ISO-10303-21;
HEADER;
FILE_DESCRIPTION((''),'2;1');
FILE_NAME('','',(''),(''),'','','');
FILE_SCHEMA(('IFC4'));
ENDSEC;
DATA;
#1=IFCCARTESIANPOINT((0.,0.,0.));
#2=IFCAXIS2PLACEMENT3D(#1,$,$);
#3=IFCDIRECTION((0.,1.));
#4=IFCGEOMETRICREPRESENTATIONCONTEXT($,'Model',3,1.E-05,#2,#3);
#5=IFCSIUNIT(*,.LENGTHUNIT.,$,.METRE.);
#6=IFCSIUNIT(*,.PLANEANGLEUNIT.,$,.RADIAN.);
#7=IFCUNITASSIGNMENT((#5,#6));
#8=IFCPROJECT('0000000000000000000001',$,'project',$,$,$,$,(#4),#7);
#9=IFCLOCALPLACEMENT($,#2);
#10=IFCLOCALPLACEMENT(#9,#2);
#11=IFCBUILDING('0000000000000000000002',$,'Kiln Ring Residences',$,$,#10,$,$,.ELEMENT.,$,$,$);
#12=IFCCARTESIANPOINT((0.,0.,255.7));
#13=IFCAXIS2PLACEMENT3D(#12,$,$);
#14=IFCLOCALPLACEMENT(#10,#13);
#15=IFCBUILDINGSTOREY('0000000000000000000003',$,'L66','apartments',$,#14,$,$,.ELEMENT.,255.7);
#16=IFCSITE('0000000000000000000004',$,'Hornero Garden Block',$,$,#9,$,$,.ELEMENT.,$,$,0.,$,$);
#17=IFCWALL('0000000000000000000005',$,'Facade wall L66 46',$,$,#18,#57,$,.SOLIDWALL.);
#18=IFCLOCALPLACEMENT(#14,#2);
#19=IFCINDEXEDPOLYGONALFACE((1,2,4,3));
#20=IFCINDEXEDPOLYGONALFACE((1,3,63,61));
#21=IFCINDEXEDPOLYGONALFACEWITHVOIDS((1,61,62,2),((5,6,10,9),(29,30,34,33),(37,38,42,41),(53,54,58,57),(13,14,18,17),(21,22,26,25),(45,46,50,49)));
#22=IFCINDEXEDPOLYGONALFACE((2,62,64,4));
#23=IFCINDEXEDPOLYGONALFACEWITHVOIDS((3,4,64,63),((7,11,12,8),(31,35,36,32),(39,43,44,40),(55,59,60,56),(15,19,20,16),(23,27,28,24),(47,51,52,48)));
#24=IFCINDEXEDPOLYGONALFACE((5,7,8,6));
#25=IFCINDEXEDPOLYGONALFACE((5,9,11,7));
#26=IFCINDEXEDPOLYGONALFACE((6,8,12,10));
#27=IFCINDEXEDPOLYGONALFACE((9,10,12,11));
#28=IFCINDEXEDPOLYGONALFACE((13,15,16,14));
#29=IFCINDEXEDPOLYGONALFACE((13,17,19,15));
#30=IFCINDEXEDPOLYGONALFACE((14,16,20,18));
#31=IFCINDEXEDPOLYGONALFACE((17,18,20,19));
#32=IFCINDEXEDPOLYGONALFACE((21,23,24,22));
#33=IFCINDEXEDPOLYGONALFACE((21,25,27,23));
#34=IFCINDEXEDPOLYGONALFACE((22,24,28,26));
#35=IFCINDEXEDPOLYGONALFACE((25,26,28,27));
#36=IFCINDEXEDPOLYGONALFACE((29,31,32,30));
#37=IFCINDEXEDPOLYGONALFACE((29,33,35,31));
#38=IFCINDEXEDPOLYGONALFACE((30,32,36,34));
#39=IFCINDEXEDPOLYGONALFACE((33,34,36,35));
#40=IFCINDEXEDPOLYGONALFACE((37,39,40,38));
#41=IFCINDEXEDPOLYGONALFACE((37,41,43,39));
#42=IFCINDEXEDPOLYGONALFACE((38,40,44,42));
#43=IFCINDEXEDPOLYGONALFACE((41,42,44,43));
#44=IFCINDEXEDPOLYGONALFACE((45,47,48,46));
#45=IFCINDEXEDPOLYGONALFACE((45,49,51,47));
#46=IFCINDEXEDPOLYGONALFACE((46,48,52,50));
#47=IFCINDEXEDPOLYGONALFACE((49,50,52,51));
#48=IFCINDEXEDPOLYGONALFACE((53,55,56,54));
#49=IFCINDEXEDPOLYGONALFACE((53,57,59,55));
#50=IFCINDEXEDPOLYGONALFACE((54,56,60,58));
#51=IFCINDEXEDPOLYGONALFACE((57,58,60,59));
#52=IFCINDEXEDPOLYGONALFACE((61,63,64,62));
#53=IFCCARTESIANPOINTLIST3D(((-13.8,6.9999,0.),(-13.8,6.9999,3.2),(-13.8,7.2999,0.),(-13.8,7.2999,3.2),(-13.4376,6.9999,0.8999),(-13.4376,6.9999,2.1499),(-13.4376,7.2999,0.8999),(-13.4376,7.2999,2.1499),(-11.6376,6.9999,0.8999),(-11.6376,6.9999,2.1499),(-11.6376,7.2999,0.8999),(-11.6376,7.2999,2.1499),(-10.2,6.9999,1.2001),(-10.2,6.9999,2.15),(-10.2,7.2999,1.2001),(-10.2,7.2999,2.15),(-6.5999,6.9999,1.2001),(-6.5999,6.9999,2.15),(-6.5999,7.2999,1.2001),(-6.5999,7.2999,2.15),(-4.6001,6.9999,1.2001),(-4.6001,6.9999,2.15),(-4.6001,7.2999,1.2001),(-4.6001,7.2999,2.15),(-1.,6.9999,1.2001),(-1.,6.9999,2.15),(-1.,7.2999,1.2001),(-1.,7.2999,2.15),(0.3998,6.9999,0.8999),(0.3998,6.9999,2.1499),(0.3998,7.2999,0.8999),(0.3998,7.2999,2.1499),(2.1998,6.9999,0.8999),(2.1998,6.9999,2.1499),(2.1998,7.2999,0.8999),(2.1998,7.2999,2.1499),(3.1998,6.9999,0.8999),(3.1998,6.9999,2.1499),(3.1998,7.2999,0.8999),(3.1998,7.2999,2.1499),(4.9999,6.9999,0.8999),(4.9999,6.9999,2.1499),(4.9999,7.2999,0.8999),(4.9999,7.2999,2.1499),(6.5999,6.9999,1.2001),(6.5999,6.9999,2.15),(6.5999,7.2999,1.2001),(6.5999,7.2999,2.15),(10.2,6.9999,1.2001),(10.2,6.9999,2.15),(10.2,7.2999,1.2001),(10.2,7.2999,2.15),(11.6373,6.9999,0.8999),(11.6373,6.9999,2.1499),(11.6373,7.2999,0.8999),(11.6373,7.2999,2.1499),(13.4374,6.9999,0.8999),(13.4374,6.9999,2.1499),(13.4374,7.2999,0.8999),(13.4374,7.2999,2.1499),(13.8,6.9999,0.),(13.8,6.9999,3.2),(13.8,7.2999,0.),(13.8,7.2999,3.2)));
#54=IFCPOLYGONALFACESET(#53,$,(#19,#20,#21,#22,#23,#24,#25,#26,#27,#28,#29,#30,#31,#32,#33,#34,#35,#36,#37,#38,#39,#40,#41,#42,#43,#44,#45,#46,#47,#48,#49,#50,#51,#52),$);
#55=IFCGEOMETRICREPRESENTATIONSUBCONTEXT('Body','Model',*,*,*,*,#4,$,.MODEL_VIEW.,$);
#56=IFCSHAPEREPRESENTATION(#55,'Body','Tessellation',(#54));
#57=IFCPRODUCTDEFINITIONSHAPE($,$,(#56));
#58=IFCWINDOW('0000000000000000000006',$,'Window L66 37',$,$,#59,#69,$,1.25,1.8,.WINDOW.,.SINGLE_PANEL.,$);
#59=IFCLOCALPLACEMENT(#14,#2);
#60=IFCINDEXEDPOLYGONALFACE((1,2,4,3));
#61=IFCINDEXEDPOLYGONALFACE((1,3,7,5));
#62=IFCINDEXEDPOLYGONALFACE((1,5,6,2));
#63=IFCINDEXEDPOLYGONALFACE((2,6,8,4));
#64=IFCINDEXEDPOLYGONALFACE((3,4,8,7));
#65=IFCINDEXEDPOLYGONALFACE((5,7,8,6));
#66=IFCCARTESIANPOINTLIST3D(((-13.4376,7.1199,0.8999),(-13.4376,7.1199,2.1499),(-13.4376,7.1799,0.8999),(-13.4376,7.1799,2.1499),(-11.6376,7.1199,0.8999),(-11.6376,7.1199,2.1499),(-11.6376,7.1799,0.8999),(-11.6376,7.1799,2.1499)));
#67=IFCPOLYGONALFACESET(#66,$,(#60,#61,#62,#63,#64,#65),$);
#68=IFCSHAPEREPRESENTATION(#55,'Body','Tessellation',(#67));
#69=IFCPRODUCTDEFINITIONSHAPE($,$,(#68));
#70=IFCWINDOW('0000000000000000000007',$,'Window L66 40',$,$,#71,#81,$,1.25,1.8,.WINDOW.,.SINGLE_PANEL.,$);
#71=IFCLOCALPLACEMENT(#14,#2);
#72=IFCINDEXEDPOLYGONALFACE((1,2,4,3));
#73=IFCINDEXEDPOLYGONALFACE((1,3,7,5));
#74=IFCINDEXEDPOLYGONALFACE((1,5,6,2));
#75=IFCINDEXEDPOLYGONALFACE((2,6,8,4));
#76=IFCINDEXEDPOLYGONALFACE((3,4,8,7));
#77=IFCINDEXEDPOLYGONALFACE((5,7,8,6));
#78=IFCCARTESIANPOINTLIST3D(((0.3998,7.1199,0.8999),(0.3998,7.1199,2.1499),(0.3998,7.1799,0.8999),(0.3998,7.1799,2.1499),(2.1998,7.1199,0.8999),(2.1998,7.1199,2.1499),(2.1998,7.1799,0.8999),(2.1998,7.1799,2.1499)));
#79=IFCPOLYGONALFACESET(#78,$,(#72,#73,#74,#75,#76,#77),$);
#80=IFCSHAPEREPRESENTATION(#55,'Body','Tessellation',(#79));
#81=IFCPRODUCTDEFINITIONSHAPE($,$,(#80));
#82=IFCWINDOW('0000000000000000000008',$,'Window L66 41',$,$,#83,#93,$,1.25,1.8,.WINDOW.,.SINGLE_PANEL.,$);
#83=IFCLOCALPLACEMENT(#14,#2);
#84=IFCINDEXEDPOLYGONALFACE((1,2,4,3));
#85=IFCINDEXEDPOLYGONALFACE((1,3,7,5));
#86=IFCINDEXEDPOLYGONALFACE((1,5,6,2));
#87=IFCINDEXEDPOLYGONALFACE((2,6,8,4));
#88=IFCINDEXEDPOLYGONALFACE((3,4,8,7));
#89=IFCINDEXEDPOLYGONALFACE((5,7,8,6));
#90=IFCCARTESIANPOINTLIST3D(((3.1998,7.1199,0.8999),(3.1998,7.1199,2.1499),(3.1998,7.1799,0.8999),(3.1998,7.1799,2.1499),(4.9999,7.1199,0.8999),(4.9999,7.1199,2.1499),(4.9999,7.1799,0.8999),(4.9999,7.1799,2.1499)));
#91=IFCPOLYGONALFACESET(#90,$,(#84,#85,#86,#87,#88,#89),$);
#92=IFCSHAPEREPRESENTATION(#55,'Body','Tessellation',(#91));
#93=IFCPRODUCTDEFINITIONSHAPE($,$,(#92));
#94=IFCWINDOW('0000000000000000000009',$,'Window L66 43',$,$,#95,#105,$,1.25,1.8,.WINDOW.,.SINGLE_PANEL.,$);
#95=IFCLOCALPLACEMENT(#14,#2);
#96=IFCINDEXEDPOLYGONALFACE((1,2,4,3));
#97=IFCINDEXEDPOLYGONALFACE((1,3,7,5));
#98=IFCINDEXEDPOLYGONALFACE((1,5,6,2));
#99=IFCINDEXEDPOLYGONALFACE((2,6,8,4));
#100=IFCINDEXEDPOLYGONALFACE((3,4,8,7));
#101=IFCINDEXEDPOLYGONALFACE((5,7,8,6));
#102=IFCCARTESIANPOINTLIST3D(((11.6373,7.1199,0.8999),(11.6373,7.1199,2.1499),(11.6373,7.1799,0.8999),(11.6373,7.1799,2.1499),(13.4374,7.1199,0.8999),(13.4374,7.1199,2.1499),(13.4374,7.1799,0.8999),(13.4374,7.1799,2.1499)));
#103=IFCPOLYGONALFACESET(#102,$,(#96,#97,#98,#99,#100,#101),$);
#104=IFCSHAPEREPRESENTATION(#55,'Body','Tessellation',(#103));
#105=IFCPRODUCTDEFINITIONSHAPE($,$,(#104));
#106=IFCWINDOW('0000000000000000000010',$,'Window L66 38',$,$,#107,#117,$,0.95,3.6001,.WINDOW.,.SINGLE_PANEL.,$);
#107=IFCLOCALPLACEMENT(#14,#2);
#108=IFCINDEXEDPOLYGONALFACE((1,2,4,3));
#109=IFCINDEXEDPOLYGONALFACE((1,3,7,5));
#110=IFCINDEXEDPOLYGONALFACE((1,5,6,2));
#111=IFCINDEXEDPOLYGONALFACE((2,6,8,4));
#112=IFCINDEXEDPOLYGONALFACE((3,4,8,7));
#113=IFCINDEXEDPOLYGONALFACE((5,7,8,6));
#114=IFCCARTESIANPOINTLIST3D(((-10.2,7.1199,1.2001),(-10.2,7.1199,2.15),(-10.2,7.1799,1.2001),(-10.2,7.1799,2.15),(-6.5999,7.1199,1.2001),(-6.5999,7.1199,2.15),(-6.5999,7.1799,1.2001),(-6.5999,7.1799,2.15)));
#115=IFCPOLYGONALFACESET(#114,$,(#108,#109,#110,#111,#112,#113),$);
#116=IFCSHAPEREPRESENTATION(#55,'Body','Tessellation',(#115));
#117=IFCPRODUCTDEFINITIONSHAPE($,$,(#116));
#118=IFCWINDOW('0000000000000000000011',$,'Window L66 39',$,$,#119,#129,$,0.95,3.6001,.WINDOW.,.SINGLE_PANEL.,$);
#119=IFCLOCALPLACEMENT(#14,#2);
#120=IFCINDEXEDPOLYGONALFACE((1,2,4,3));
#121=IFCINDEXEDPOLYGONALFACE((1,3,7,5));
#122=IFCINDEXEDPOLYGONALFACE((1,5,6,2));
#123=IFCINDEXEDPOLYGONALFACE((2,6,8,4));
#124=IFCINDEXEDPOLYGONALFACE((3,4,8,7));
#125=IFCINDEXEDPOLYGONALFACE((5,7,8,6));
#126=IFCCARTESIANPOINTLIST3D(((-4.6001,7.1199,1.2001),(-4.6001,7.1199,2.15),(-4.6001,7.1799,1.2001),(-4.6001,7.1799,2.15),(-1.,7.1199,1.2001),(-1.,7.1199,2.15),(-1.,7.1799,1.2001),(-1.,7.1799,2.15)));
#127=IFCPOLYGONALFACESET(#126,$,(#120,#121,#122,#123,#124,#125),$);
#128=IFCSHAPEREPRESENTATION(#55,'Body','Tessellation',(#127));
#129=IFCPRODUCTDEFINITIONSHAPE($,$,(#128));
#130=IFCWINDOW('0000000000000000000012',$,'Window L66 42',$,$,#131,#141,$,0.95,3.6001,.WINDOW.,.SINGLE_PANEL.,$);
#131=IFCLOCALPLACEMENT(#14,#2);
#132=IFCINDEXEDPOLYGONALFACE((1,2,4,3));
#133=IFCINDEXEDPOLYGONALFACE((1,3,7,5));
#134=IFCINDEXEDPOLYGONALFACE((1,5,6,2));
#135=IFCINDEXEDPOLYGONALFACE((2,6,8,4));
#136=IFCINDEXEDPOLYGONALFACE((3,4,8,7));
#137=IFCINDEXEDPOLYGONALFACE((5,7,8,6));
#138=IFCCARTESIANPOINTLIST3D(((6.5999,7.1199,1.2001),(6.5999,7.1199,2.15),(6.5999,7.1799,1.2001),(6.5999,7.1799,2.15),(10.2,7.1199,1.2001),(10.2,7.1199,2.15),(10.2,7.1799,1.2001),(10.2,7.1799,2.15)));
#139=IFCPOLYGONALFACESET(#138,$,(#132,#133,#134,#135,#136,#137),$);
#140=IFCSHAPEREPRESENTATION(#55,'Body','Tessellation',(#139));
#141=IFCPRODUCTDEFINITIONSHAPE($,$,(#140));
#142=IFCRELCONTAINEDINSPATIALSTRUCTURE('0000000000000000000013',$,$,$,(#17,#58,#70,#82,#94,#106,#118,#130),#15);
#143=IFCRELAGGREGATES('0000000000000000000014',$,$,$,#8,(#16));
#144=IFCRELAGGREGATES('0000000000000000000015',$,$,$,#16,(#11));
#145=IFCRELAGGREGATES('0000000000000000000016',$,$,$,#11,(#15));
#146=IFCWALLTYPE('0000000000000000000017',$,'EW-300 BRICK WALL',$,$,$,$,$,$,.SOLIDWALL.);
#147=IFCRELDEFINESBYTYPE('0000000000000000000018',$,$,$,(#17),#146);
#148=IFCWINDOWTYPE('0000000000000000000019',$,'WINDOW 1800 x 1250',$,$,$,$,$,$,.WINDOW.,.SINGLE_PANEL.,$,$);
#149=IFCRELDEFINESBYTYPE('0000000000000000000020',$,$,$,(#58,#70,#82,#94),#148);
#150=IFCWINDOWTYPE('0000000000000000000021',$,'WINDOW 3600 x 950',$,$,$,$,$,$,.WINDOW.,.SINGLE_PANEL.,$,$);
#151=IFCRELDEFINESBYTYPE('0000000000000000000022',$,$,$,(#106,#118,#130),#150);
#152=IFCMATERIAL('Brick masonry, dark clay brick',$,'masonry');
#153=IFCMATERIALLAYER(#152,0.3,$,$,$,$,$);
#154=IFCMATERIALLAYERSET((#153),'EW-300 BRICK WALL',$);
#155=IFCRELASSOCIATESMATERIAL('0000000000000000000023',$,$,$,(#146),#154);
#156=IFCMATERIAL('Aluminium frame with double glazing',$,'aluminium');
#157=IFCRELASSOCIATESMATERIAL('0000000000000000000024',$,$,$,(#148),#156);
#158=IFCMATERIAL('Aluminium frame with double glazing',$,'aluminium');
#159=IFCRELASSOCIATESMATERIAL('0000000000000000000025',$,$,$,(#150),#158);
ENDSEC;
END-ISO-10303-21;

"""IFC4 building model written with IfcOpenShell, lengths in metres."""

from ifc_helpers import new_model, si_unit, direction, frame, frame_2d, origin, place, context, subcontext, project, spatial, rectangle, extrude, material, layer, layer_set, type_object, element, fill, save


model = new_model("IFC4")

# Units and contexts
model_context = context("Model", 3, precision=1e-05, world=origin(), true_north=direction((0.0, 1.0)))
body_context = subcontext(model_context, "Body", "Model", "MODEL_VIEW")
ifc_project = project(units=[si_unit("LENGTHUNIT", "METRE"), si_unit("PLANEANGLEUNIT", "RADIAN")], contexts=[model_context])

# Site, building, storey
site_placement = place(None, origin())
site = spatial("IfcSite", under=ifc_project, at=site_placement, Name="Hornero Garden Block", CompositionType="ELEMENT", RefElevation=0.0)
building_placement = place(site_placement, origin())
building = spatial("IfcBuilding", under=site, at=building_placement, Name="Kiln Ring Residences", CompositionType="ELEMENT")
storey_placement = place(building_placement, frame((0.0, 0.0, 255.7)))
storey = spatial("IfcBuildingStorey", under=building, at=storey_placement, Name="L66", Description="apartments", CompositionType="ELEMENT", Elevation=255.7)

# Wall, openings, windows
ifc_material_1 = material(Name="Brick masonry, dark clay brick", Category="masonry")
ifc_layer_1 = layer(ifc_material_1, 0.3)
ifc_layer_set_1 = layer_set([ifc_layer_1], Name="EW-300 BRICK WALL")
wall_type_1 = type_object("IfcWallType", Name="EW-300 BRICK WALL", PredefinedType="SOLIDWALL", material=ifc_layer_set_1)
wall_1_placement = place(storey_placement, frame((-13.8, 7.1499, 0.0), z_axis=(0.0, 0.0, 1.0), x_axis=(1.0, 0.0, 0.0)))
wall_1 = element("IfcWall", 1, at=wall_1_placement, inside=storey, type_object=wall_type_1, Name="Facade wall L66 46", PredefinedType="SOLIDWALL", context=body_context, shape_type="SweptSolid", body=[
    extrude(rectangle(XDim=27.6001, YDim=0.3, at=frame_2d((13.8, 0.0))), origin(), (0.0, 0.0, 1.0), 3.2),
])
opening_1_placement = place(wall_1_placement, frame((0.3625, 0.0, 0.8999)))
opening_1 = element("IfcOpeningElement", 2, at=opening_1_placement, cuts=wall_1, PredefinedType="OPENING", context=body_context, shape_type="SweptSolid", body=[
    extrude(rectangle(XDim=1.8, YDim=1.25, at=frame_2d((0.8999, 0.625))), frame((0.0, 0.1599, 0.0), z_axis=(0.0, -1.0, 0.0), x_axis=(1.0, 0.0, 0.0)), (0.0, 0.0, 1.0), 0.3201),
])
opening_2_placement = place(wall_1_placement, frame((3.6001, 0.0, 1.2)))
opening_2 = element("IfcOpeningElement", 3, at=opening_2_placement, cuts=wall_1, PredefinedType="OPENING", context=body_context, shape_type="SweptSolid", body=[
    extrude(rectangle(XDim=3.6001, YDim=0.95, at=frame_2d((1.8, 0.4751))), frame((0.0, 0.1599, 0.0), z_axis=(0.0, -1.0, 0.0), x_axis=(1.0, 0.0, 0.0)), (0.0, 0.0, 1.0), 0.3201),
])
opening_3_placement = place(wall_1_placement, frame((9.2, 0.0, 1.2)))
opening_3 = element("IfcOpeningElement", 4, at=opening_3_placement, cuts=wall_1, PredefinedType="OPENING", context=body_context, shape_type="SweptSolid", body=[
    extrude(rectangle(XDim=3.6001, YDim=0.95, at=frame_2d((1.8, 0.4751))), frame((0.0, 0.1599, 0.0), z_axis=(0.0, -1.0, 0.0), x_axis=(1.0, 0.0, 0.0)), (0.0, 0.0, 1.0), 0.3201),
])
opening_4_placement = place(wall_1_placement, frame((14.2, 0.0, 0.8999)))
opening_4 = element("IfcOpeningElement", 5, at=opening_4_placement, cuts=wall_1, PredefinedType="OPENING", context=body_context, shape_type="SweptSolid", body=[
    extrude(rectangle(XDim=1.8, YDim=1.25, at=frame_2d((0.8999, 0.625))), frame((0.0, 0.1599, 0.0), z_axis=(0.0, -1.0, 0.0), x_axis=(1.0, 0.0, 0.0)), (0.0, 0.0, 1.0), 0.3201),
])
opening_5_placement = place(wall_1_placement, frame((17.0, 0.0, 0.8999)))
opening_5 = element("IfcOpeningElement", 6, at=opening_5_placement, cuts=wall_1, PredefinedType="OPENING", context=body_context, shape_type="SweptSolid", body=[
    extrude(rectangle(XDim=1.8, YDim=1.25, at=frame_2d((0.8999, 0.625))), frame((0.0, 0.1599, 0.0), z_axis=(0.0, -1.0, 0.0), x_axis=(1.0, 0.0, 0.0)), (0.0, 0.0, 1.0), 0.3201),
])
opening_6_placement = place(wall_1_placement, frame((20.3999, 0.0, 1.2)))
opening_6 = element("IfcOpeningElement", 7, at=opening_6_placement, cuts=wall_1, PredefinedType="OPENING", context=body_context, shape_type="SweptSolid", body=[
    extrude(rectangle(XDim=3.6001, YDim=0.95, at=frame_2d((1.8, 0.4751))), frame((0.0, 0.1599, 0.0), z_axis=(0.0, -1.0, 0.0), x_axis=(1.0, 0.0, 0.0)), (0.0, 0.0, 1.0), 0.3201),
])
opening_7_placement = place(wall_1_placement, frame((25.4375, 0.0, 0.8999)))
opening_7 = element("IfcOpeningElement", 8, at=opening_7_placement, cuts=wall_1, PredefinedType="OPENING", context=body_context, shape_type="SweptSolid", body=[
    extrude(rectangle(XDim=1.8, YDim=1.25, at=frame_2d((0.8999, 0.625))), frame((0.0, 0.1599, 0.0), z_axis=(0.0, -1.0, 0.0), x_axis=(1.0, 0.0, 0.0)), (0.0, 0.0, 1.0), 0.3201),
])
ifc_material_2 = material(Name="Aluminium frame with double glazing", Category="aluminium")
window_type_1 = type_object("IfcWindowType", Name="WINDOW 1800 x 1250", PartitioningType="SINGLE_PANEL", PredefinedType="WINDOW", material=ifc_material_2)
window_1_placement = place(opening_1_placement, origin())
window_1 = element("IfcWindow", 9, at=window_1_placement, inside=storey, type_object=window_type_1, Name="Window L66 37", OverallHeight=1.25, OverallWidth=1.8, PartitioningType="SINGLE_PANEL", PredefinedType="WINDOW", context=body_context, shape_type="SweptSolid", body=[
    extrude(rectangle(XDim=1.8, YDim=1.25, at=frame_2d((0.8999, 0.625))), frame((0.0, 0.03, 0.0), z_axis=(0.0, -1.0, 0.0), x_axis=(1.0, 0.0, 0.0)), (0.0, 0.0, 1.0), 0.0601),
])
fill(opening_1, window_1)
window_2_placement = place(opening_4_placement, origin())
window_2 = element("IfcWindow", 10, at=window_2_placement, inside=storey, type_object=window_type_1, Name="Window L66 40", OverallHeight=1.25, OverallWidth=1.8, PartitioningType="SINGLE_PANEL", PredefinedType="WINDOW", context=body_context, shape_type="SweptSolid", body=[
    extrude(rectangle(XDim=1.8, YDim=1.25, at=frame_2d((0.8999, 0.625))), frame((0.0, 0.03, 0.0), z_axis=(0.0, -1.0, 0.0), x_axis=(1.0, 0.0, 0.0)), (0.0, 0.0, 1.0), 0.0601),
])
fill(opening_4, window_2)
window_3_placement = place(opening_5_placement, origin())
window_3 = element("IfcWindow", 11, at=window_3_placement, inside=storey, type_object=window_type_1, Name="Window L66 41", OverallHeight=1.25, OverallWidth=1.8, PartitioningType="SINGLE_PANEL", PredefinedType="WINDOW", context=body_context, shape_type="SweptSolid", body=[
    extrude(rectangle(XDim=1.8, YDim=1.25, at=frame_2d((0.8999, 0.625))), frame((0.0, 0.03, 0.0), z_axis=(0.0, -1.0, 0.0), x_axis=(1.0, 0.0, 0.0)), (0.0, 0.0, 1.0), 0.0601),
])
fill(opening_5, window_3)
window_4_placement = place(opening_7_placement, origin())
window_4 = element("IfcWindow", 12, at=window_4_placement, inside=storey, type_object=window_type_1, Name="Window L66 43", OverallHeight=1.25, OverallWidth=1.8, PartitioningType="SINGLE_PANEL", PredefinedType="WINDOW", context=body_context, shape_type="SweptSolid", body=[
    extrude(rectangle(XDim=1.8, YDim=1.25, at=frame_2d((0.8999, 0.625))), frame((0.0, 0.03, 0.0), z_axis=(0.0, -1.0, 0.0), x_axis=(1.0, 0.0, 0.0)), (0.0, 0.0, 1.0), 0.0601),
])
fill(opening_7, window_4)
ifc_material_3 = material(Name="Aluminium frame with double glazing", Category="aluminium")
window_type_2 = type_object("IfcWindowType", Name="WINDOW 3600 x 950", PartitioningType="SINGLE_PANEL", PredefinedType="WINDOW", material=ifc_material_3)
window_5_placement = place(opening_2_placement, origin())
window_5 = element("IfcWindow", 13, at=window_5_placement, inside=storey, type_object=window_type_2, Name="Window L66 38", OverallHeight=0.95, OverallWidth=3.6001, PartitioningType="SINGLE_PANEL", PredefinedType="WINDOW", context=body_context, shape_type="SweptSolid", body=[
    extrude(rectangle(XDim=3.6001, YDim=0.95, at=frame_2d((1.8, 0.4751))), frame((0.0, 0.03, 0.0), z_axis=(0.0, -1.0, 0.0), x_axis=(1.0, 0.0, 0.0)), (0.0, 0.0, 1.0), 0.0601),
])
fill(opening_2, window_5)
window_6_placement = place(opening_3_placement, origin())
window_6 = element("IfcWindow", 14, at=window_6_placement, inside=storey, type_object=window_type_2, Name="Window L66 39", OverallHeight=0.95, OverallWidth=3.6001, PartitioningType="SINGLE_PANEL", PredefinedType="WINDOW", context=body_context, shape_type="SweptSolid", body=[
    extrude(rectangle(XDim=3.6001, YDim=0.95, at=frame_2d((1.8, 0.4751))), frame((0.0, 0.03, 0.0), z_axis=(0.0, -1.0, 0.0), x_axis=(1.0, 0.0, 0.0)), (0.0, 0.0, 1.0), 0.0601),
])
fill(opening_3, window_6)
window_7_placement = place(opening_6_placement, origin())
window_7 = element("IfcWindow", 15, at=window_7_placement, inside=storey, type_object=window_type_2, Name="Window L66 42", OverallHeight=0.95, OverallWidth=3.6001, PartitioningType="SINGLE_PANEL", PredefinedType="WINDOW", context=body_context, shape_type="SweptSolid", body=[
    extrude(rectangle(XDim=3.6001, YDim=0.95, at=frame_2d((1.8, 0.4751))), frame((0.0, 0.03, 0.0), z_axis=(0.0, -1.0, 0.0), x_axis=(1.0, 0.0, 0.0)), (0.0, 0.0, 1.0), 0.0601),
])
fill(opening_6, window_7)

save(model, "model.ifc")
